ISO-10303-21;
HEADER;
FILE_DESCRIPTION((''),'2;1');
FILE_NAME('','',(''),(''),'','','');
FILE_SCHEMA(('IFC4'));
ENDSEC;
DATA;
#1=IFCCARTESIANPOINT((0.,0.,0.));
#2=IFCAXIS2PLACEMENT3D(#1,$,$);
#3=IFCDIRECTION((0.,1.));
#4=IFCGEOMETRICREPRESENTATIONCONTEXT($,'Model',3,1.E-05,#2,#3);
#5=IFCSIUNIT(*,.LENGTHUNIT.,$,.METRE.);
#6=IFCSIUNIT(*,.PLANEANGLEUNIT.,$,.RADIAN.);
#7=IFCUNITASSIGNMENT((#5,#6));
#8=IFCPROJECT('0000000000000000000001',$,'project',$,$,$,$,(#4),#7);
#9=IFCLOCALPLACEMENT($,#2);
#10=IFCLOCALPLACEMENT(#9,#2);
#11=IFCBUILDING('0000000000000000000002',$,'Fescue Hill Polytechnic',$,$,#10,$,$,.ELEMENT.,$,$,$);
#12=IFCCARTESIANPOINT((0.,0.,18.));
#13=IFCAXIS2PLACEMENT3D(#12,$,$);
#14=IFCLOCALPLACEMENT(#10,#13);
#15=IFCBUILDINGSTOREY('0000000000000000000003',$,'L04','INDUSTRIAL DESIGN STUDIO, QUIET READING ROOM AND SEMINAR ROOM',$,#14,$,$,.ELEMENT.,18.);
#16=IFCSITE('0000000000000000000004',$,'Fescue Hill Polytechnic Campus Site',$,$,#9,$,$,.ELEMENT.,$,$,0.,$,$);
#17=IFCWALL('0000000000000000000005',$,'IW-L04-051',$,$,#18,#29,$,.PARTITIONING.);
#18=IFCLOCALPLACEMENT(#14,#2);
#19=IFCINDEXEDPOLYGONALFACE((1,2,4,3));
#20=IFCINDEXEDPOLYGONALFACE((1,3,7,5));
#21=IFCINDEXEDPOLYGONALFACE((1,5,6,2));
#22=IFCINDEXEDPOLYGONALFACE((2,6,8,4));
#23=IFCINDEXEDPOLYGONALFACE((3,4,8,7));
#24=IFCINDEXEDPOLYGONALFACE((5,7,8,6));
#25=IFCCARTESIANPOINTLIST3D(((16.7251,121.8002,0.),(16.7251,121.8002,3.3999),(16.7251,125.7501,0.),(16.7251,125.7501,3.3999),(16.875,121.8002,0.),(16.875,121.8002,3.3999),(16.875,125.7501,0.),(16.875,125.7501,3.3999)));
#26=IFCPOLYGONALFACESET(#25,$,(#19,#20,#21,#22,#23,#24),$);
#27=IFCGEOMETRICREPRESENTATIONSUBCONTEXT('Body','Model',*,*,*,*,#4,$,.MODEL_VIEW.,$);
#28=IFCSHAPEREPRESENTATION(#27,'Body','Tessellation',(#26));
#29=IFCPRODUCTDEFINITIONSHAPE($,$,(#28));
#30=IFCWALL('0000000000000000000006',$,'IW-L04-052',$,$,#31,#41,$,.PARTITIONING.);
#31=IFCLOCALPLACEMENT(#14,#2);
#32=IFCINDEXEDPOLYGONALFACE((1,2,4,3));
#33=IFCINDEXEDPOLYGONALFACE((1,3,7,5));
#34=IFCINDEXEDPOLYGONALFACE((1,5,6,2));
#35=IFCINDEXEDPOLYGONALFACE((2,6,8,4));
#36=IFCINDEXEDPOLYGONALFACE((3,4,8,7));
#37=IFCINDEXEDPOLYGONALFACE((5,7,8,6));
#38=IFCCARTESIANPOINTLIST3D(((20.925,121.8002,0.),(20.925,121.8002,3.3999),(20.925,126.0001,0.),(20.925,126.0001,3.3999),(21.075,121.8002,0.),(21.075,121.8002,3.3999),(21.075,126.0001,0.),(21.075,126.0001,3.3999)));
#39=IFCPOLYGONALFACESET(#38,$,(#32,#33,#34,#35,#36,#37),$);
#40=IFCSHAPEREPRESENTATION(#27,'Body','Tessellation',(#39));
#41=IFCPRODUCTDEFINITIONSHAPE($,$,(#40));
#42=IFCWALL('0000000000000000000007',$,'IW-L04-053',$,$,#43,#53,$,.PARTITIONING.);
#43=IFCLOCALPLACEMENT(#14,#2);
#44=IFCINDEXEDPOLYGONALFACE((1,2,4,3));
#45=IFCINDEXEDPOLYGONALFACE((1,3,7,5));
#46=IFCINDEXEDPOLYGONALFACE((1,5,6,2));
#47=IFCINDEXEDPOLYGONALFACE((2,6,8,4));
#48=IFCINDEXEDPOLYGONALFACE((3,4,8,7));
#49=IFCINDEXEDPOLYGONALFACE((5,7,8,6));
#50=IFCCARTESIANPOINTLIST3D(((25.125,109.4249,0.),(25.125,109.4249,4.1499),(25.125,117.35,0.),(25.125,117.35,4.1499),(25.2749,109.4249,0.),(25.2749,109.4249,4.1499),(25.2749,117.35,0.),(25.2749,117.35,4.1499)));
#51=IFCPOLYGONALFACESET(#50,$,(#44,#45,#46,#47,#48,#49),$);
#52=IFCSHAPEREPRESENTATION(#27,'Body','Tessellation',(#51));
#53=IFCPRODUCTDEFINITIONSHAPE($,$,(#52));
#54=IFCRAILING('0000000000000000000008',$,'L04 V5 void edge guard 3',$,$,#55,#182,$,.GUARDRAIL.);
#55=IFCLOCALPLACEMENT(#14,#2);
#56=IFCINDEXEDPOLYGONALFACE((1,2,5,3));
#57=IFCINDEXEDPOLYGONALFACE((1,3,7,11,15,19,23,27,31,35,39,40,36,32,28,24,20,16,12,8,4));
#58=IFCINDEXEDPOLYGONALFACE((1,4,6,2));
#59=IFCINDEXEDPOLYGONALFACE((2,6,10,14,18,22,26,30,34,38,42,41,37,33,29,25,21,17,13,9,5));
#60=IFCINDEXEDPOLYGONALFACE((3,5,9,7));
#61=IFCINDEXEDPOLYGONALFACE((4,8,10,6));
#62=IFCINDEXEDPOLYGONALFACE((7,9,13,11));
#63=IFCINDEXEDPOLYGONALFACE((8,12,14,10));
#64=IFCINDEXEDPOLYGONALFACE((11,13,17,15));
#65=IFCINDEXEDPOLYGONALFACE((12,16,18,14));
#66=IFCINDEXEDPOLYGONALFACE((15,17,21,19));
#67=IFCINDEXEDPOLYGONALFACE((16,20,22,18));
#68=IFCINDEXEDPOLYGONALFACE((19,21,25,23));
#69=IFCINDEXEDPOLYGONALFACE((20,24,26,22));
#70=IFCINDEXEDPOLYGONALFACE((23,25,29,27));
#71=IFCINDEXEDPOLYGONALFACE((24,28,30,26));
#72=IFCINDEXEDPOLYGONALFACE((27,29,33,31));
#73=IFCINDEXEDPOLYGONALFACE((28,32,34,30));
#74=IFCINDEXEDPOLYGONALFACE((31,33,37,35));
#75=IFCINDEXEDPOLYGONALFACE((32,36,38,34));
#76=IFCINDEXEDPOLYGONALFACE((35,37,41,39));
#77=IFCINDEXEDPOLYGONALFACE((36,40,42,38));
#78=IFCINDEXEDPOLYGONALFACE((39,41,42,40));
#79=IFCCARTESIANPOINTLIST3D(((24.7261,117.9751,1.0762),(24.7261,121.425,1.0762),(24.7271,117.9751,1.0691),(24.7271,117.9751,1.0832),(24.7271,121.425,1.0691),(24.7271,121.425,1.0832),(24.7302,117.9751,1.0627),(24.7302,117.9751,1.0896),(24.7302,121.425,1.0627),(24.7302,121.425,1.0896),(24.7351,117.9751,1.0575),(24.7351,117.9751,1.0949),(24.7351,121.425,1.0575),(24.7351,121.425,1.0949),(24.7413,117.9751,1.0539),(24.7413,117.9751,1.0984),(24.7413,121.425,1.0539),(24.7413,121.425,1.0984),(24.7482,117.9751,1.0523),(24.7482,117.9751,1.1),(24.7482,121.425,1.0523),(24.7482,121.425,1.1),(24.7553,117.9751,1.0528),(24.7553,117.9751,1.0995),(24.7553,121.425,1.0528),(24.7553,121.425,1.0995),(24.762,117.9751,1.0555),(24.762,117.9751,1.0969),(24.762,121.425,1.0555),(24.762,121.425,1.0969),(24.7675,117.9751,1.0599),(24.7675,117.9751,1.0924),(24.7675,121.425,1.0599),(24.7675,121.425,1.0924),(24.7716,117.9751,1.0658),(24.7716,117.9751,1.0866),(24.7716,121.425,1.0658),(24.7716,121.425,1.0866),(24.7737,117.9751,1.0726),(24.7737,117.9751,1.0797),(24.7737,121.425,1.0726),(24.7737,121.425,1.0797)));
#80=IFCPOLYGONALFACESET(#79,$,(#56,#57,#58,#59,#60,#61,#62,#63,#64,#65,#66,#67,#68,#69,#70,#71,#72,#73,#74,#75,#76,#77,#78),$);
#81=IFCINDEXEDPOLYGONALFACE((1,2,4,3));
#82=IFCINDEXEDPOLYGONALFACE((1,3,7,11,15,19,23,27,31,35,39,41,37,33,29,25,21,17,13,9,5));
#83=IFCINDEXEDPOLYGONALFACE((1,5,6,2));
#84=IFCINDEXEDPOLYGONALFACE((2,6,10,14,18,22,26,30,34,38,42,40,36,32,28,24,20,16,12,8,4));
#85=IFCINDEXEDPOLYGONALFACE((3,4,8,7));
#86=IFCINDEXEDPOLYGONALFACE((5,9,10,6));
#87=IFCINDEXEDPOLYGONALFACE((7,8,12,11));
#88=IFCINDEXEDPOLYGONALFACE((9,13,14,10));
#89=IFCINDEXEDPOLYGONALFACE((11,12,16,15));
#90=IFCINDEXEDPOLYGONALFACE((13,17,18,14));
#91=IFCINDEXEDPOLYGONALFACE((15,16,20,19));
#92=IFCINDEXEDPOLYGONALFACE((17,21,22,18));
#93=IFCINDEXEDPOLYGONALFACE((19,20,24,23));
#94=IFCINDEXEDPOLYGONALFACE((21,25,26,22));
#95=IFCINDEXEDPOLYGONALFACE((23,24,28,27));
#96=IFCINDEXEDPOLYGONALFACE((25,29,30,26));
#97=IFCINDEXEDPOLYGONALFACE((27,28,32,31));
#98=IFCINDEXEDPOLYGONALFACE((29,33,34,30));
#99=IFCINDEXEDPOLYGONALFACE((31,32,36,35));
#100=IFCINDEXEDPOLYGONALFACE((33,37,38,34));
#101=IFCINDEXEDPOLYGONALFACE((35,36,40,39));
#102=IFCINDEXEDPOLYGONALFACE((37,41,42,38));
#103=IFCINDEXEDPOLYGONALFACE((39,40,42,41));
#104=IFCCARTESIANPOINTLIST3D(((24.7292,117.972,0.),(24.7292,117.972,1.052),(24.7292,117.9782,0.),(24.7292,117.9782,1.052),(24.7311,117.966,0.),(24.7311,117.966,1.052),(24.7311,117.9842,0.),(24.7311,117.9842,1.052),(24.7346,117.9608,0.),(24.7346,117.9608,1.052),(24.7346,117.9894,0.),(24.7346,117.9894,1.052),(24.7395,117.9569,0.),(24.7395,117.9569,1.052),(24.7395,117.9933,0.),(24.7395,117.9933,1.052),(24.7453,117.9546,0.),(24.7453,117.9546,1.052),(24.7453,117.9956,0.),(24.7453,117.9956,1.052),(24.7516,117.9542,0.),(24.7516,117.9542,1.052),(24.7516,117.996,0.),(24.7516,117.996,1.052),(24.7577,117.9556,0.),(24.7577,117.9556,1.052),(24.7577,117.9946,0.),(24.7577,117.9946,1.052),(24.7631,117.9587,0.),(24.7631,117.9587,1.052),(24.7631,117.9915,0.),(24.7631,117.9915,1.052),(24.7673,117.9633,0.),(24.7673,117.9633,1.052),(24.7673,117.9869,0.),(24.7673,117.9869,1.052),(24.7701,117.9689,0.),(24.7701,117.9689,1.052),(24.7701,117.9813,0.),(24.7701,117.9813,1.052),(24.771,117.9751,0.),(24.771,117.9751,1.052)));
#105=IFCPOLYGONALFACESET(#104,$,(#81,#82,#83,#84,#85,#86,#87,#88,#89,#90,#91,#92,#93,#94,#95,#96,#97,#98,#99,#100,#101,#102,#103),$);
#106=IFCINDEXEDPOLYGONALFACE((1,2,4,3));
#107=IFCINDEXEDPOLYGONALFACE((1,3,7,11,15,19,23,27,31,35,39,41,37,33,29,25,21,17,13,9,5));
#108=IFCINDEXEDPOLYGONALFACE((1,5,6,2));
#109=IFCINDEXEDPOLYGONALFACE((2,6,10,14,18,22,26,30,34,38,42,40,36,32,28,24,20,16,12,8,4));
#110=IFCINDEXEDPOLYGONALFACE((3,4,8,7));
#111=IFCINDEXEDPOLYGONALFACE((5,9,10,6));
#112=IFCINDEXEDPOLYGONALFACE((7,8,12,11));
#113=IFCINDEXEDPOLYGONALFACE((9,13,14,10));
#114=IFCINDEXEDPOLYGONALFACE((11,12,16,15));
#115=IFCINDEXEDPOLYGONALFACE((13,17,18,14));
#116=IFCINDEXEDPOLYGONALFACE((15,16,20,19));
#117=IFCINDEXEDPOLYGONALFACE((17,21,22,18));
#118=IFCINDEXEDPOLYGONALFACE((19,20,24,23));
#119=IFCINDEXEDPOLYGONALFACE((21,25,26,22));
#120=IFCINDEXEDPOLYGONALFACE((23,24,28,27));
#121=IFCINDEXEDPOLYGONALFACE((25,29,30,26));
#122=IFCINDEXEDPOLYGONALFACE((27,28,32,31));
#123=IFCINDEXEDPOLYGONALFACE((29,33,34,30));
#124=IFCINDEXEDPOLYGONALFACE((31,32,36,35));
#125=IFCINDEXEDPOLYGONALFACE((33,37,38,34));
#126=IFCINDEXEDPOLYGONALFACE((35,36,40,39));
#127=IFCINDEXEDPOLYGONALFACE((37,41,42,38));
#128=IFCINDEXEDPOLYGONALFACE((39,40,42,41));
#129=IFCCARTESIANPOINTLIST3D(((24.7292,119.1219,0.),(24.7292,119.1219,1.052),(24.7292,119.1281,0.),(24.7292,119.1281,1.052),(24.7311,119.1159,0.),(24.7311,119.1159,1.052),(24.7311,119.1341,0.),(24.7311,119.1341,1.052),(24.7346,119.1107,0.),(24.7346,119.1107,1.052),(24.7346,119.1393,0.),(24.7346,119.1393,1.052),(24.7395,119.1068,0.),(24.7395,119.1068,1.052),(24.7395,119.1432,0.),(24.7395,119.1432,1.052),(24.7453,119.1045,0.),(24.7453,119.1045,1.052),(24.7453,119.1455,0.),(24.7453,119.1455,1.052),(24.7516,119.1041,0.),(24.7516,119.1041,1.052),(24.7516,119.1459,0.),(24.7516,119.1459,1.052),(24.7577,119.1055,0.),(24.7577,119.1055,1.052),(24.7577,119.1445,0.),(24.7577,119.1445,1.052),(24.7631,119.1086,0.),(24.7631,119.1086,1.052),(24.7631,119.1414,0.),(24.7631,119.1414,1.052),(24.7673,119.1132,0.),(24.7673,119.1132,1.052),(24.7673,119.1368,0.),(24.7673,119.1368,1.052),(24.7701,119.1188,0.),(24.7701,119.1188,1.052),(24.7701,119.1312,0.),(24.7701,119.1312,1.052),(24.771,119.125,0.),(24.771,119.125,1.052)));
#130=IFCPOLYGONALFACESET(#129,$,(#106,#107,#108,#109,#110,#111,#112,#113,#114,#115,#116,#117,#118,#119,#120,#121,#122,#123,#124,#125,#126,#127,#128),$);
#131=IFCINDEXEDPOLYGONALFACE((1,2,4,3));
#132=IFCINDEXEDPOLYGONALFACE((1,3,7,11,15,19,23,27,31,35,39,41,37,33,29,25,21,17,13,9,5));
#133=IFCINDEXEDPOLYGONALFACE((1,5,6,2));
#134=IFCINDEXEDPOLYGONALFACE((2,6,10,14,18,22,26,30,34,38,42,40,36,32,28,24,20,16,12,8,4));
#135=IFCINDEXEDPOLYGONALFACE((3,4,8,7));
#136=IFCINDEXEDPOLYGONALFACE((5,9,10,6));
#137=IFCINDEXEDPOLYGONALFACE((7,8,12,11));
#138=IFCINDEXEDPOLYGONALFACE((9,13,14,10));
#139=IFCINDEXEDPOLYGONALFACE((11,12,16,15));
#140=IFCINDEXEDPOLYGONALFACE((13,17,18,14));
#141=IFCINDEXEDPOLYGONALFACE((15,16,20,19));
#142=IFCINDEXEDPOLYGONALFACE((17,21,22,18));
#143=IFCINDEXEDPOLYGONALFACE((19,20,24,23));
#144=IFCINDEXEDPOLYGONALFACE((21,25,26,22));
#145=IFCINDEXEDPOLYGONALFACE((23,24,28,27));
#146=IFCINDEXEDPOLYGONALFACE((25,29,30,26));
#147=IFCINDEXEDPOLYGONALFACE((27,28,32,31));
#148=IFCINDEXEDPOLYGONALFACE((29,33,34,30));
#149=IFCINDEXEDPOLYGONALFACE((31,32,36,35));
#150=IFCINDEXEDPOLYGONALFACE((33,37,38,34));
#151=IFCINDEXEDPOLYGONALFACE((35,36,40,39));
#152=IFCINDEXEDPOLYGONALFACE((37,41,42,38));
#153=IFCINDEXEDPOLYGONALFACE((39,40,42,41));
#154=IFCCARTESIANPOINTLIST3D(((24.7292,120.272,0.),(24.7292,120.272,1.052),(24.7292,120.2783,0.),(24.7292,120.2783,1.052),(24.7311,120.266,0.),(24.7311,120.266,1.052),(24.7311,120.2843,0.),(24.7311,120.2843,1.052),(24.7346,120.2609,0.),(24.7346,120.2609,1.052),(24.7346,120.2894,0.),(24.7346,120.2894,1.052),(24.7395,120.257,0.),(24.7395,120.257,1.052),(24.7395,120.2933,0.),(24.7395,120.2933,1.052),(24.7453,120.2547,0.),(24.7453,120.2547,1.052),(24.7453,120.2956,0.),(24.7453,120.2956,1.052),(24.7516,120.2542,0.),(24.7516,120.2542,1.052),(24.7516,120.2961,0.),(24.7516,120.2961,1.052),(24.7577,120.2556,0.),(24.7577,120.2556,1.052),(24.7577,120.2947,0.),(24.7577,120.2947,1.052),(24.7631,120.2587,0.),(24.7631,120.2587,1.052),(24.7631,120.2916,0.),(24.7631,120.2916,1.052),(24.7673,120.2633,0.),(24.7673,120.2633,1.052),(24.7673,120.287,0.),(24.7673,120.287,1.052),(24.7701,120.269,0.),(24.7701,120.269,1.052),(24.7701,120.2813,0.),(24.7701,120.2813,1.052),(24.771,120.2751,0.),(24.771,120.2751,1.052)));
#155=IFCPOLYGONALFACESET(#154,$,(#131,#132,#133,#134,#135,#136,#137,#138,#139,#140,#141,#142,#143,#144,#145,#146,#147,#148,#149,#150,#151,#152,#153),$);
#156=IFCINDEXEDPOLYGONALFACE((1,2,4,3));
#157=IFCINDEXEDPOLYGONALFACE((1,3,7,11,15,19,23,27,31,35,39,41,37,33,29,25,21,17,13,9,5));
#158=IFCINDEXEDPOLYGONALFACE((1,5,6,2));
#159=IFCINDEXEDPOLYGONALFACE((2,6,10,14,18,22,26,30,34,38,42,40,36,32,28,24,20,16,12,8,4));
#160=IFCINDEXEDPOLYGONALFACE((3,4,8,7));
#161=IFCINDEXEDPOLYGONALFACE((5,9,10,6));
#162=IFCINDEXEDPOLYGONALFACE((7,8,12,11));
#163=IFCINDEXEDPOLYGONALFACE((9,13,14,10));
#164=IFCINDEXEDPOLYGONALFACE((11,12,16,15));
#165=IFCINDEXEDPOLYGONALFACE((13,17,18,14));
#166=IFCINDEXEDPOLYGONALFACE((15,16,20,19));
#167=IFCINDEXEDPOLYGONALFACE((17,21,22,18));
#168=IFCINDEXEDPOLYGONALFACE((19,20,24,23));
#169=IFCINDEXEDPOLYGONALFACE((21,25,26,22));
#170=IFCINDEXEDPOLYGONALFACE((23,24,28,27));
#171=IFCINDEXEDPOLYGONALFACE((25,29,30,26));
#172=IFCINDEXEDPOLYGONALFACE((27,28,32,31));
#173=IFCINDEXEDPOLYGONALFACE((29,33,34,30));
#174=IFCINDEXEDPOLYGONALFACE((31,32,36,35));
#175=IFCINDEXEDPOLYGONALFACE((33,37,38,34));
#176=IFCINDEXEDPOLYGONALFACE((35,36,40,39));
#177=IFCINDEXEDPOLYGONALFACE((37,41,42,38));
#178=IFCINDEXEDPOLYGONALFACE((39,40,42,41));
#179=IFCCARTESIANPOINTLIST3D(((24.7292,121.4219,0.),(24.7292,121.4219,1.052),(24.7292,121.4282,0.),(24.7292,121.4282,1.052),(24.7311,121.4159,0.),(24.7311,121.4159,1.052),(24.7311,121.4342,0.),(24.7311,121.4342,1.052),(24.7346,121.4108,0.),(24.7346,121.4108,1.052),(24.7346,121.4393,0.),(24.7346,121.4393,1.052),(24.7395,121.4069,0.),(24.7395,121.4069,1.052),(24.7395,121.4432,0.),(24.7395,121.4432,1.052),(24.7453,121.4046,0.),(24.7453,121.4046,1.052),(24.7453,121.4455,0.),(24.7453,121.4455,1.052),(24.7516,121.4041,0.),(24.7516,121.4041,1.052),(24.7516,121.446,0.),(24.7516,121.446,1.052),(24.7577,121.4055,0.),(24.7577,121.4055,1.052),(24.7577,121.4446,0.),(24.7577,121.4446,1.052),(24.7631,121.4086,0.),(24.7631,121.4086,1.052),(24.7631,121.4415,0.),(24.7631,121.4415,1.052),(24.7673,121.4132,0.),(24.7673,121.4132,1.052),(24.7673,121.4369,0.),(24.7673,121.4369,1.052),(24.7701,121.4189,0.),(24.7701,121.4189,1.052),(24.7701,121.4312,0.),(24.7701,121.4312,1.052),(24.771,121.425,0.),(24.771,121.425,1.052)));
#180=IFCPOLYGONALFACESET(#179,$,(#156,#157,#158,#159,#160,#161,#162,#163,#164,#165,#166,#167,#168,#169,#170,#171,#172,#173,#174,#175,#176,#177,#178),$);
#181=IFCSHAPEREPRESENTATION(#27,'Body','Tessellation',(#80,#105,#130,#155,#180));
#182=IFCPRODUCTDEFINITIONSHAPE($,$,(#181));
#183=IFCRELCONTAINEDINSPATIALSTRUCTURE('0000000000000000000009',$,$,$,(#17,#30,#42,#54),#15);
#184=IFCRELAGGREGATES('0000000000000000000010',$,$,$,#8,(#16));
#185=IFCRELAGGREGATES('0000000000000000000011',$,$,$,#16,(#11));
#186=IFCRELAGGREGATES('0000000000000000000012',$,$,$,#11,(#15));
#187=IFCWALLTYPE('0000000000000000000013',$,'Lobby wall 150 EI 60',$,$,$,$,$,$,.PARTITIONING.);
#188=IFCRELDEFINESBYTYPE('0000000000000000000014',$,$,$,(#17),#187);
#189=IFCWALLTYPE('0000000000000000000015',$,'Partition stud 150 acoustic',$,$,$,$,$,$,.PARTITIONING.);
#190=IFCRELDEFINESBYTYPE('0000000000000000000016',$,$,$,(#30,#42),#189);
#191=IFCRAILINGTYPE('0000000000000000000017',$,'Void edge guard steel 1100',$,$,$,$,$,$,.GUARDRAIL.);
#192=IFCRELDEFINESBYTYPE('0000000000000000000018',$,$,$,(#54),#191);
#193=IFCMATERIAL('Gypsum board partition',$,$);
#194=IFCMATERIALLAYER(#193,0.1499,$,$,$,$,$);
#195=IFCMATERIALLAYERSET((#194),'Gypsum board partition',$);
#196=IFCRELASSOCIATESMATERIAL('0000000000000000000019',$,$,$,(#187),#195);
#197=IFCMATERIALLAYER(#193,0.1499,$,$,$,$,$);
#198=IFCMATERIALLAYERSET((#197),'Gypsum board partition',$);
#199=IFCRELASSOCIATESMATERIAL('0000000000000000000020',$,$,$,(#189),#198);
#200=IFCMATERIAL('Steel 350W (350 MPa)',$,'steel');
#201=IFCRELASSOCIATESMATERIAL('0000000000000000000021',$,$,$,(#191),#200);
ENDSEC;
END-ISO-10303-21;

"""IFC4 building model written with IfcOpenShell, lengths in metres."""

from ifc_helpers import new_model, si_unit, direction, frame, frame_2d, origin, origin_2d, place, context, subcontext, project, spatial, rectangle, circle, extrude, material, layer, layer_set, type_object, element, save


model = new_model("IFC4")

# Units and contexts
model_context = context("Model", 3, precision=1e-05, world=origin(), true_north=direction((0.0, 1.0)))
body_context = subcontext(model_context, "Body", "Model", "MODEL_VIEW")
ifc_project = project(units=[si_unit("LENGTHUNIT", "METRE"), si_unit("PLANEANGLEUNIT", "RADIAN")], contexts=[model_context])

# Site, building, storey
site_placement = place(None, origin())
site = spatial("IfcSite", under=ifc_project, at=site_placement, Name="Fescue Hill Polytechnic Campus Site", CompositionType="ELEMENT", RefElevation=0.0)
building_placement = place(site_placement, origin())
building = spatial("IfcBuilding", under=site, at=building_placement, Name="Fescue Hill Polytechnic", CompositionType="ELEMENT")
storey_placement = place(building_placement, frame((0.0, 0.0, 18.0)))
storey = spatial("IfcBuildingStorey", under=building, at=storey_placement, Name="L04", Description="INDUSTRIAL DESIGN STUDIO, QUIET READING ROOM AND SEMINAR ROOM", CompositionType="ELEMENT", Elevation=18.0)

# Shared definitions
ifc_material_1 = material(Name="Gypsum board partition")

# Walls
ifc_layer_1 = layer(ifc_material_1, 0.1499)
ifc_layer_set_1 = layer_set([ifc_layer_1], Name="Gypsum board partition")
wall_type_1 = type_object("IfcWallType", Name="Lobby wall 150 EI 60", PredefinedType="PARTITIONING", material=ifc_layer_set_1)
wall_1_placement = place(storey_placement, frame((16.8, 121.8, 0.0), z_axis=(0.0, 0.0, 1.0), x_axis=(0.0, 1.0, 0.0)))
element("IfcWall", 1, at=wall_1_placement, inside=storey, type_object=wall_type_1, Name="IW-L04-051", PredefinedType="PARTITIONING", context=body_context, shape_type="SweptSolid", body=[
    extrude(rectangle(XDim=3.95, YDim=0.1499, at=frame_2d((1.9751, 0.0))), origin(), (0.0, 0.0, 1.0), 3.3999),
])
ifc_layer_2 = layer(ifc_material_1, 0.1499)
ifc_layer_set_2 = layer_set([ifc_layer_2], Name="Gypsum board partition")
wall_type_2 = type_object("IfcWallType", Name="Partition stud 150 acoustic", PredefinedType="PARTITIONING", material=ifc_layer_set_2)
wall_2_placement = place(storey_placement, frame((21.0, 121.8, 0.0), z_axis=(0.0, 0.0, 1.0), x_axis=(0.0, 1.0, 0.0)))
element("IfcWall", 2, at=wall_2_placement, inside=storey, type_object=wall_type_2, Name="IW-L04-052", PredefinedType="PARTITIONING", context=body_context, shape_type="SweptSolid", body=[
    extrude(rectangle(XDim=4.2, YDim=0.1499, at=frame_2d((2.1001, 0.0))), origin(), (0.0, 0.0, 1.0), 3.3999),
])
wall_3_placement = place(storey_placement, frame((25.2, 109.425, 0.0), z_axis=(0.0, 0.0, 1.0), x_axis=(0.0, 1.0, 0.0)))
element("IfcWall", 3, at=wall_3_placement, inside=storey, type_object=wall_type_2, Name="IW-L04-053", PredefinedType="PARTITIONING", context=body_context, shape_type="SweptSolid", body=[
    extrude(rectangle(XDim=7.925, YDim=0.1499, at=frame_2d((3.9624, 0.0))), origin(), (0.0, 0.0, 1.0), 4.1499),
])

# Railing
ifc_material_2 = material(Name="Steel 350W (350 MPa)", Category="steel")
railing_type = type_object("IfcRailingType", Name="Void edge guard steel 1100", PredefinedType="GUARDRAIL", material=ifc_material_2)
for number, where, name in (
    (4, (24.75, 117.9751, 0.0), "L04 V5 void edge guard 3"),
):
    element("IfcRailing", number, at=place(storey_placement, frame(where)), inside=storey, type_object=railing_type, Name=name, PredefinedType="GUARDRAIL", context=body_context, shape_type="SweptSolid", body=[
        extrude(circle(Radius=0.0239, at=origin_2d()), frame((0.0, 0.0, 1.0762), z_axis=(0.0, 1.0, 0.0), x_axis=(-1.0, 0.0, 0.0)), (0.0, 0.0, 1.0), 3.45),
        extrude(circle(Radius=0.021, at=origin_2d()), origin(), (0.0, 0.0, 1.0), 1.052),
        extrude(circle(Radius=0.021, at=origin_2d()), frame((0.0, 1.1499, 0.0)), (0.0, 0.0, 1.0), 1.052),
        extrude(circle(Radius=0.021, at=origin_2d()), frame((0.0, 2.3, 0.0)), (0.0, 0.0, 1.0), 1.052),
        extrude(circle(Radius=0.021, at=origin_2d()), frame((0.0, 3.45, 0.0)), (0.0, 0.0, 1.0), 1.052),
    ])

save(model, "model.ifc")
